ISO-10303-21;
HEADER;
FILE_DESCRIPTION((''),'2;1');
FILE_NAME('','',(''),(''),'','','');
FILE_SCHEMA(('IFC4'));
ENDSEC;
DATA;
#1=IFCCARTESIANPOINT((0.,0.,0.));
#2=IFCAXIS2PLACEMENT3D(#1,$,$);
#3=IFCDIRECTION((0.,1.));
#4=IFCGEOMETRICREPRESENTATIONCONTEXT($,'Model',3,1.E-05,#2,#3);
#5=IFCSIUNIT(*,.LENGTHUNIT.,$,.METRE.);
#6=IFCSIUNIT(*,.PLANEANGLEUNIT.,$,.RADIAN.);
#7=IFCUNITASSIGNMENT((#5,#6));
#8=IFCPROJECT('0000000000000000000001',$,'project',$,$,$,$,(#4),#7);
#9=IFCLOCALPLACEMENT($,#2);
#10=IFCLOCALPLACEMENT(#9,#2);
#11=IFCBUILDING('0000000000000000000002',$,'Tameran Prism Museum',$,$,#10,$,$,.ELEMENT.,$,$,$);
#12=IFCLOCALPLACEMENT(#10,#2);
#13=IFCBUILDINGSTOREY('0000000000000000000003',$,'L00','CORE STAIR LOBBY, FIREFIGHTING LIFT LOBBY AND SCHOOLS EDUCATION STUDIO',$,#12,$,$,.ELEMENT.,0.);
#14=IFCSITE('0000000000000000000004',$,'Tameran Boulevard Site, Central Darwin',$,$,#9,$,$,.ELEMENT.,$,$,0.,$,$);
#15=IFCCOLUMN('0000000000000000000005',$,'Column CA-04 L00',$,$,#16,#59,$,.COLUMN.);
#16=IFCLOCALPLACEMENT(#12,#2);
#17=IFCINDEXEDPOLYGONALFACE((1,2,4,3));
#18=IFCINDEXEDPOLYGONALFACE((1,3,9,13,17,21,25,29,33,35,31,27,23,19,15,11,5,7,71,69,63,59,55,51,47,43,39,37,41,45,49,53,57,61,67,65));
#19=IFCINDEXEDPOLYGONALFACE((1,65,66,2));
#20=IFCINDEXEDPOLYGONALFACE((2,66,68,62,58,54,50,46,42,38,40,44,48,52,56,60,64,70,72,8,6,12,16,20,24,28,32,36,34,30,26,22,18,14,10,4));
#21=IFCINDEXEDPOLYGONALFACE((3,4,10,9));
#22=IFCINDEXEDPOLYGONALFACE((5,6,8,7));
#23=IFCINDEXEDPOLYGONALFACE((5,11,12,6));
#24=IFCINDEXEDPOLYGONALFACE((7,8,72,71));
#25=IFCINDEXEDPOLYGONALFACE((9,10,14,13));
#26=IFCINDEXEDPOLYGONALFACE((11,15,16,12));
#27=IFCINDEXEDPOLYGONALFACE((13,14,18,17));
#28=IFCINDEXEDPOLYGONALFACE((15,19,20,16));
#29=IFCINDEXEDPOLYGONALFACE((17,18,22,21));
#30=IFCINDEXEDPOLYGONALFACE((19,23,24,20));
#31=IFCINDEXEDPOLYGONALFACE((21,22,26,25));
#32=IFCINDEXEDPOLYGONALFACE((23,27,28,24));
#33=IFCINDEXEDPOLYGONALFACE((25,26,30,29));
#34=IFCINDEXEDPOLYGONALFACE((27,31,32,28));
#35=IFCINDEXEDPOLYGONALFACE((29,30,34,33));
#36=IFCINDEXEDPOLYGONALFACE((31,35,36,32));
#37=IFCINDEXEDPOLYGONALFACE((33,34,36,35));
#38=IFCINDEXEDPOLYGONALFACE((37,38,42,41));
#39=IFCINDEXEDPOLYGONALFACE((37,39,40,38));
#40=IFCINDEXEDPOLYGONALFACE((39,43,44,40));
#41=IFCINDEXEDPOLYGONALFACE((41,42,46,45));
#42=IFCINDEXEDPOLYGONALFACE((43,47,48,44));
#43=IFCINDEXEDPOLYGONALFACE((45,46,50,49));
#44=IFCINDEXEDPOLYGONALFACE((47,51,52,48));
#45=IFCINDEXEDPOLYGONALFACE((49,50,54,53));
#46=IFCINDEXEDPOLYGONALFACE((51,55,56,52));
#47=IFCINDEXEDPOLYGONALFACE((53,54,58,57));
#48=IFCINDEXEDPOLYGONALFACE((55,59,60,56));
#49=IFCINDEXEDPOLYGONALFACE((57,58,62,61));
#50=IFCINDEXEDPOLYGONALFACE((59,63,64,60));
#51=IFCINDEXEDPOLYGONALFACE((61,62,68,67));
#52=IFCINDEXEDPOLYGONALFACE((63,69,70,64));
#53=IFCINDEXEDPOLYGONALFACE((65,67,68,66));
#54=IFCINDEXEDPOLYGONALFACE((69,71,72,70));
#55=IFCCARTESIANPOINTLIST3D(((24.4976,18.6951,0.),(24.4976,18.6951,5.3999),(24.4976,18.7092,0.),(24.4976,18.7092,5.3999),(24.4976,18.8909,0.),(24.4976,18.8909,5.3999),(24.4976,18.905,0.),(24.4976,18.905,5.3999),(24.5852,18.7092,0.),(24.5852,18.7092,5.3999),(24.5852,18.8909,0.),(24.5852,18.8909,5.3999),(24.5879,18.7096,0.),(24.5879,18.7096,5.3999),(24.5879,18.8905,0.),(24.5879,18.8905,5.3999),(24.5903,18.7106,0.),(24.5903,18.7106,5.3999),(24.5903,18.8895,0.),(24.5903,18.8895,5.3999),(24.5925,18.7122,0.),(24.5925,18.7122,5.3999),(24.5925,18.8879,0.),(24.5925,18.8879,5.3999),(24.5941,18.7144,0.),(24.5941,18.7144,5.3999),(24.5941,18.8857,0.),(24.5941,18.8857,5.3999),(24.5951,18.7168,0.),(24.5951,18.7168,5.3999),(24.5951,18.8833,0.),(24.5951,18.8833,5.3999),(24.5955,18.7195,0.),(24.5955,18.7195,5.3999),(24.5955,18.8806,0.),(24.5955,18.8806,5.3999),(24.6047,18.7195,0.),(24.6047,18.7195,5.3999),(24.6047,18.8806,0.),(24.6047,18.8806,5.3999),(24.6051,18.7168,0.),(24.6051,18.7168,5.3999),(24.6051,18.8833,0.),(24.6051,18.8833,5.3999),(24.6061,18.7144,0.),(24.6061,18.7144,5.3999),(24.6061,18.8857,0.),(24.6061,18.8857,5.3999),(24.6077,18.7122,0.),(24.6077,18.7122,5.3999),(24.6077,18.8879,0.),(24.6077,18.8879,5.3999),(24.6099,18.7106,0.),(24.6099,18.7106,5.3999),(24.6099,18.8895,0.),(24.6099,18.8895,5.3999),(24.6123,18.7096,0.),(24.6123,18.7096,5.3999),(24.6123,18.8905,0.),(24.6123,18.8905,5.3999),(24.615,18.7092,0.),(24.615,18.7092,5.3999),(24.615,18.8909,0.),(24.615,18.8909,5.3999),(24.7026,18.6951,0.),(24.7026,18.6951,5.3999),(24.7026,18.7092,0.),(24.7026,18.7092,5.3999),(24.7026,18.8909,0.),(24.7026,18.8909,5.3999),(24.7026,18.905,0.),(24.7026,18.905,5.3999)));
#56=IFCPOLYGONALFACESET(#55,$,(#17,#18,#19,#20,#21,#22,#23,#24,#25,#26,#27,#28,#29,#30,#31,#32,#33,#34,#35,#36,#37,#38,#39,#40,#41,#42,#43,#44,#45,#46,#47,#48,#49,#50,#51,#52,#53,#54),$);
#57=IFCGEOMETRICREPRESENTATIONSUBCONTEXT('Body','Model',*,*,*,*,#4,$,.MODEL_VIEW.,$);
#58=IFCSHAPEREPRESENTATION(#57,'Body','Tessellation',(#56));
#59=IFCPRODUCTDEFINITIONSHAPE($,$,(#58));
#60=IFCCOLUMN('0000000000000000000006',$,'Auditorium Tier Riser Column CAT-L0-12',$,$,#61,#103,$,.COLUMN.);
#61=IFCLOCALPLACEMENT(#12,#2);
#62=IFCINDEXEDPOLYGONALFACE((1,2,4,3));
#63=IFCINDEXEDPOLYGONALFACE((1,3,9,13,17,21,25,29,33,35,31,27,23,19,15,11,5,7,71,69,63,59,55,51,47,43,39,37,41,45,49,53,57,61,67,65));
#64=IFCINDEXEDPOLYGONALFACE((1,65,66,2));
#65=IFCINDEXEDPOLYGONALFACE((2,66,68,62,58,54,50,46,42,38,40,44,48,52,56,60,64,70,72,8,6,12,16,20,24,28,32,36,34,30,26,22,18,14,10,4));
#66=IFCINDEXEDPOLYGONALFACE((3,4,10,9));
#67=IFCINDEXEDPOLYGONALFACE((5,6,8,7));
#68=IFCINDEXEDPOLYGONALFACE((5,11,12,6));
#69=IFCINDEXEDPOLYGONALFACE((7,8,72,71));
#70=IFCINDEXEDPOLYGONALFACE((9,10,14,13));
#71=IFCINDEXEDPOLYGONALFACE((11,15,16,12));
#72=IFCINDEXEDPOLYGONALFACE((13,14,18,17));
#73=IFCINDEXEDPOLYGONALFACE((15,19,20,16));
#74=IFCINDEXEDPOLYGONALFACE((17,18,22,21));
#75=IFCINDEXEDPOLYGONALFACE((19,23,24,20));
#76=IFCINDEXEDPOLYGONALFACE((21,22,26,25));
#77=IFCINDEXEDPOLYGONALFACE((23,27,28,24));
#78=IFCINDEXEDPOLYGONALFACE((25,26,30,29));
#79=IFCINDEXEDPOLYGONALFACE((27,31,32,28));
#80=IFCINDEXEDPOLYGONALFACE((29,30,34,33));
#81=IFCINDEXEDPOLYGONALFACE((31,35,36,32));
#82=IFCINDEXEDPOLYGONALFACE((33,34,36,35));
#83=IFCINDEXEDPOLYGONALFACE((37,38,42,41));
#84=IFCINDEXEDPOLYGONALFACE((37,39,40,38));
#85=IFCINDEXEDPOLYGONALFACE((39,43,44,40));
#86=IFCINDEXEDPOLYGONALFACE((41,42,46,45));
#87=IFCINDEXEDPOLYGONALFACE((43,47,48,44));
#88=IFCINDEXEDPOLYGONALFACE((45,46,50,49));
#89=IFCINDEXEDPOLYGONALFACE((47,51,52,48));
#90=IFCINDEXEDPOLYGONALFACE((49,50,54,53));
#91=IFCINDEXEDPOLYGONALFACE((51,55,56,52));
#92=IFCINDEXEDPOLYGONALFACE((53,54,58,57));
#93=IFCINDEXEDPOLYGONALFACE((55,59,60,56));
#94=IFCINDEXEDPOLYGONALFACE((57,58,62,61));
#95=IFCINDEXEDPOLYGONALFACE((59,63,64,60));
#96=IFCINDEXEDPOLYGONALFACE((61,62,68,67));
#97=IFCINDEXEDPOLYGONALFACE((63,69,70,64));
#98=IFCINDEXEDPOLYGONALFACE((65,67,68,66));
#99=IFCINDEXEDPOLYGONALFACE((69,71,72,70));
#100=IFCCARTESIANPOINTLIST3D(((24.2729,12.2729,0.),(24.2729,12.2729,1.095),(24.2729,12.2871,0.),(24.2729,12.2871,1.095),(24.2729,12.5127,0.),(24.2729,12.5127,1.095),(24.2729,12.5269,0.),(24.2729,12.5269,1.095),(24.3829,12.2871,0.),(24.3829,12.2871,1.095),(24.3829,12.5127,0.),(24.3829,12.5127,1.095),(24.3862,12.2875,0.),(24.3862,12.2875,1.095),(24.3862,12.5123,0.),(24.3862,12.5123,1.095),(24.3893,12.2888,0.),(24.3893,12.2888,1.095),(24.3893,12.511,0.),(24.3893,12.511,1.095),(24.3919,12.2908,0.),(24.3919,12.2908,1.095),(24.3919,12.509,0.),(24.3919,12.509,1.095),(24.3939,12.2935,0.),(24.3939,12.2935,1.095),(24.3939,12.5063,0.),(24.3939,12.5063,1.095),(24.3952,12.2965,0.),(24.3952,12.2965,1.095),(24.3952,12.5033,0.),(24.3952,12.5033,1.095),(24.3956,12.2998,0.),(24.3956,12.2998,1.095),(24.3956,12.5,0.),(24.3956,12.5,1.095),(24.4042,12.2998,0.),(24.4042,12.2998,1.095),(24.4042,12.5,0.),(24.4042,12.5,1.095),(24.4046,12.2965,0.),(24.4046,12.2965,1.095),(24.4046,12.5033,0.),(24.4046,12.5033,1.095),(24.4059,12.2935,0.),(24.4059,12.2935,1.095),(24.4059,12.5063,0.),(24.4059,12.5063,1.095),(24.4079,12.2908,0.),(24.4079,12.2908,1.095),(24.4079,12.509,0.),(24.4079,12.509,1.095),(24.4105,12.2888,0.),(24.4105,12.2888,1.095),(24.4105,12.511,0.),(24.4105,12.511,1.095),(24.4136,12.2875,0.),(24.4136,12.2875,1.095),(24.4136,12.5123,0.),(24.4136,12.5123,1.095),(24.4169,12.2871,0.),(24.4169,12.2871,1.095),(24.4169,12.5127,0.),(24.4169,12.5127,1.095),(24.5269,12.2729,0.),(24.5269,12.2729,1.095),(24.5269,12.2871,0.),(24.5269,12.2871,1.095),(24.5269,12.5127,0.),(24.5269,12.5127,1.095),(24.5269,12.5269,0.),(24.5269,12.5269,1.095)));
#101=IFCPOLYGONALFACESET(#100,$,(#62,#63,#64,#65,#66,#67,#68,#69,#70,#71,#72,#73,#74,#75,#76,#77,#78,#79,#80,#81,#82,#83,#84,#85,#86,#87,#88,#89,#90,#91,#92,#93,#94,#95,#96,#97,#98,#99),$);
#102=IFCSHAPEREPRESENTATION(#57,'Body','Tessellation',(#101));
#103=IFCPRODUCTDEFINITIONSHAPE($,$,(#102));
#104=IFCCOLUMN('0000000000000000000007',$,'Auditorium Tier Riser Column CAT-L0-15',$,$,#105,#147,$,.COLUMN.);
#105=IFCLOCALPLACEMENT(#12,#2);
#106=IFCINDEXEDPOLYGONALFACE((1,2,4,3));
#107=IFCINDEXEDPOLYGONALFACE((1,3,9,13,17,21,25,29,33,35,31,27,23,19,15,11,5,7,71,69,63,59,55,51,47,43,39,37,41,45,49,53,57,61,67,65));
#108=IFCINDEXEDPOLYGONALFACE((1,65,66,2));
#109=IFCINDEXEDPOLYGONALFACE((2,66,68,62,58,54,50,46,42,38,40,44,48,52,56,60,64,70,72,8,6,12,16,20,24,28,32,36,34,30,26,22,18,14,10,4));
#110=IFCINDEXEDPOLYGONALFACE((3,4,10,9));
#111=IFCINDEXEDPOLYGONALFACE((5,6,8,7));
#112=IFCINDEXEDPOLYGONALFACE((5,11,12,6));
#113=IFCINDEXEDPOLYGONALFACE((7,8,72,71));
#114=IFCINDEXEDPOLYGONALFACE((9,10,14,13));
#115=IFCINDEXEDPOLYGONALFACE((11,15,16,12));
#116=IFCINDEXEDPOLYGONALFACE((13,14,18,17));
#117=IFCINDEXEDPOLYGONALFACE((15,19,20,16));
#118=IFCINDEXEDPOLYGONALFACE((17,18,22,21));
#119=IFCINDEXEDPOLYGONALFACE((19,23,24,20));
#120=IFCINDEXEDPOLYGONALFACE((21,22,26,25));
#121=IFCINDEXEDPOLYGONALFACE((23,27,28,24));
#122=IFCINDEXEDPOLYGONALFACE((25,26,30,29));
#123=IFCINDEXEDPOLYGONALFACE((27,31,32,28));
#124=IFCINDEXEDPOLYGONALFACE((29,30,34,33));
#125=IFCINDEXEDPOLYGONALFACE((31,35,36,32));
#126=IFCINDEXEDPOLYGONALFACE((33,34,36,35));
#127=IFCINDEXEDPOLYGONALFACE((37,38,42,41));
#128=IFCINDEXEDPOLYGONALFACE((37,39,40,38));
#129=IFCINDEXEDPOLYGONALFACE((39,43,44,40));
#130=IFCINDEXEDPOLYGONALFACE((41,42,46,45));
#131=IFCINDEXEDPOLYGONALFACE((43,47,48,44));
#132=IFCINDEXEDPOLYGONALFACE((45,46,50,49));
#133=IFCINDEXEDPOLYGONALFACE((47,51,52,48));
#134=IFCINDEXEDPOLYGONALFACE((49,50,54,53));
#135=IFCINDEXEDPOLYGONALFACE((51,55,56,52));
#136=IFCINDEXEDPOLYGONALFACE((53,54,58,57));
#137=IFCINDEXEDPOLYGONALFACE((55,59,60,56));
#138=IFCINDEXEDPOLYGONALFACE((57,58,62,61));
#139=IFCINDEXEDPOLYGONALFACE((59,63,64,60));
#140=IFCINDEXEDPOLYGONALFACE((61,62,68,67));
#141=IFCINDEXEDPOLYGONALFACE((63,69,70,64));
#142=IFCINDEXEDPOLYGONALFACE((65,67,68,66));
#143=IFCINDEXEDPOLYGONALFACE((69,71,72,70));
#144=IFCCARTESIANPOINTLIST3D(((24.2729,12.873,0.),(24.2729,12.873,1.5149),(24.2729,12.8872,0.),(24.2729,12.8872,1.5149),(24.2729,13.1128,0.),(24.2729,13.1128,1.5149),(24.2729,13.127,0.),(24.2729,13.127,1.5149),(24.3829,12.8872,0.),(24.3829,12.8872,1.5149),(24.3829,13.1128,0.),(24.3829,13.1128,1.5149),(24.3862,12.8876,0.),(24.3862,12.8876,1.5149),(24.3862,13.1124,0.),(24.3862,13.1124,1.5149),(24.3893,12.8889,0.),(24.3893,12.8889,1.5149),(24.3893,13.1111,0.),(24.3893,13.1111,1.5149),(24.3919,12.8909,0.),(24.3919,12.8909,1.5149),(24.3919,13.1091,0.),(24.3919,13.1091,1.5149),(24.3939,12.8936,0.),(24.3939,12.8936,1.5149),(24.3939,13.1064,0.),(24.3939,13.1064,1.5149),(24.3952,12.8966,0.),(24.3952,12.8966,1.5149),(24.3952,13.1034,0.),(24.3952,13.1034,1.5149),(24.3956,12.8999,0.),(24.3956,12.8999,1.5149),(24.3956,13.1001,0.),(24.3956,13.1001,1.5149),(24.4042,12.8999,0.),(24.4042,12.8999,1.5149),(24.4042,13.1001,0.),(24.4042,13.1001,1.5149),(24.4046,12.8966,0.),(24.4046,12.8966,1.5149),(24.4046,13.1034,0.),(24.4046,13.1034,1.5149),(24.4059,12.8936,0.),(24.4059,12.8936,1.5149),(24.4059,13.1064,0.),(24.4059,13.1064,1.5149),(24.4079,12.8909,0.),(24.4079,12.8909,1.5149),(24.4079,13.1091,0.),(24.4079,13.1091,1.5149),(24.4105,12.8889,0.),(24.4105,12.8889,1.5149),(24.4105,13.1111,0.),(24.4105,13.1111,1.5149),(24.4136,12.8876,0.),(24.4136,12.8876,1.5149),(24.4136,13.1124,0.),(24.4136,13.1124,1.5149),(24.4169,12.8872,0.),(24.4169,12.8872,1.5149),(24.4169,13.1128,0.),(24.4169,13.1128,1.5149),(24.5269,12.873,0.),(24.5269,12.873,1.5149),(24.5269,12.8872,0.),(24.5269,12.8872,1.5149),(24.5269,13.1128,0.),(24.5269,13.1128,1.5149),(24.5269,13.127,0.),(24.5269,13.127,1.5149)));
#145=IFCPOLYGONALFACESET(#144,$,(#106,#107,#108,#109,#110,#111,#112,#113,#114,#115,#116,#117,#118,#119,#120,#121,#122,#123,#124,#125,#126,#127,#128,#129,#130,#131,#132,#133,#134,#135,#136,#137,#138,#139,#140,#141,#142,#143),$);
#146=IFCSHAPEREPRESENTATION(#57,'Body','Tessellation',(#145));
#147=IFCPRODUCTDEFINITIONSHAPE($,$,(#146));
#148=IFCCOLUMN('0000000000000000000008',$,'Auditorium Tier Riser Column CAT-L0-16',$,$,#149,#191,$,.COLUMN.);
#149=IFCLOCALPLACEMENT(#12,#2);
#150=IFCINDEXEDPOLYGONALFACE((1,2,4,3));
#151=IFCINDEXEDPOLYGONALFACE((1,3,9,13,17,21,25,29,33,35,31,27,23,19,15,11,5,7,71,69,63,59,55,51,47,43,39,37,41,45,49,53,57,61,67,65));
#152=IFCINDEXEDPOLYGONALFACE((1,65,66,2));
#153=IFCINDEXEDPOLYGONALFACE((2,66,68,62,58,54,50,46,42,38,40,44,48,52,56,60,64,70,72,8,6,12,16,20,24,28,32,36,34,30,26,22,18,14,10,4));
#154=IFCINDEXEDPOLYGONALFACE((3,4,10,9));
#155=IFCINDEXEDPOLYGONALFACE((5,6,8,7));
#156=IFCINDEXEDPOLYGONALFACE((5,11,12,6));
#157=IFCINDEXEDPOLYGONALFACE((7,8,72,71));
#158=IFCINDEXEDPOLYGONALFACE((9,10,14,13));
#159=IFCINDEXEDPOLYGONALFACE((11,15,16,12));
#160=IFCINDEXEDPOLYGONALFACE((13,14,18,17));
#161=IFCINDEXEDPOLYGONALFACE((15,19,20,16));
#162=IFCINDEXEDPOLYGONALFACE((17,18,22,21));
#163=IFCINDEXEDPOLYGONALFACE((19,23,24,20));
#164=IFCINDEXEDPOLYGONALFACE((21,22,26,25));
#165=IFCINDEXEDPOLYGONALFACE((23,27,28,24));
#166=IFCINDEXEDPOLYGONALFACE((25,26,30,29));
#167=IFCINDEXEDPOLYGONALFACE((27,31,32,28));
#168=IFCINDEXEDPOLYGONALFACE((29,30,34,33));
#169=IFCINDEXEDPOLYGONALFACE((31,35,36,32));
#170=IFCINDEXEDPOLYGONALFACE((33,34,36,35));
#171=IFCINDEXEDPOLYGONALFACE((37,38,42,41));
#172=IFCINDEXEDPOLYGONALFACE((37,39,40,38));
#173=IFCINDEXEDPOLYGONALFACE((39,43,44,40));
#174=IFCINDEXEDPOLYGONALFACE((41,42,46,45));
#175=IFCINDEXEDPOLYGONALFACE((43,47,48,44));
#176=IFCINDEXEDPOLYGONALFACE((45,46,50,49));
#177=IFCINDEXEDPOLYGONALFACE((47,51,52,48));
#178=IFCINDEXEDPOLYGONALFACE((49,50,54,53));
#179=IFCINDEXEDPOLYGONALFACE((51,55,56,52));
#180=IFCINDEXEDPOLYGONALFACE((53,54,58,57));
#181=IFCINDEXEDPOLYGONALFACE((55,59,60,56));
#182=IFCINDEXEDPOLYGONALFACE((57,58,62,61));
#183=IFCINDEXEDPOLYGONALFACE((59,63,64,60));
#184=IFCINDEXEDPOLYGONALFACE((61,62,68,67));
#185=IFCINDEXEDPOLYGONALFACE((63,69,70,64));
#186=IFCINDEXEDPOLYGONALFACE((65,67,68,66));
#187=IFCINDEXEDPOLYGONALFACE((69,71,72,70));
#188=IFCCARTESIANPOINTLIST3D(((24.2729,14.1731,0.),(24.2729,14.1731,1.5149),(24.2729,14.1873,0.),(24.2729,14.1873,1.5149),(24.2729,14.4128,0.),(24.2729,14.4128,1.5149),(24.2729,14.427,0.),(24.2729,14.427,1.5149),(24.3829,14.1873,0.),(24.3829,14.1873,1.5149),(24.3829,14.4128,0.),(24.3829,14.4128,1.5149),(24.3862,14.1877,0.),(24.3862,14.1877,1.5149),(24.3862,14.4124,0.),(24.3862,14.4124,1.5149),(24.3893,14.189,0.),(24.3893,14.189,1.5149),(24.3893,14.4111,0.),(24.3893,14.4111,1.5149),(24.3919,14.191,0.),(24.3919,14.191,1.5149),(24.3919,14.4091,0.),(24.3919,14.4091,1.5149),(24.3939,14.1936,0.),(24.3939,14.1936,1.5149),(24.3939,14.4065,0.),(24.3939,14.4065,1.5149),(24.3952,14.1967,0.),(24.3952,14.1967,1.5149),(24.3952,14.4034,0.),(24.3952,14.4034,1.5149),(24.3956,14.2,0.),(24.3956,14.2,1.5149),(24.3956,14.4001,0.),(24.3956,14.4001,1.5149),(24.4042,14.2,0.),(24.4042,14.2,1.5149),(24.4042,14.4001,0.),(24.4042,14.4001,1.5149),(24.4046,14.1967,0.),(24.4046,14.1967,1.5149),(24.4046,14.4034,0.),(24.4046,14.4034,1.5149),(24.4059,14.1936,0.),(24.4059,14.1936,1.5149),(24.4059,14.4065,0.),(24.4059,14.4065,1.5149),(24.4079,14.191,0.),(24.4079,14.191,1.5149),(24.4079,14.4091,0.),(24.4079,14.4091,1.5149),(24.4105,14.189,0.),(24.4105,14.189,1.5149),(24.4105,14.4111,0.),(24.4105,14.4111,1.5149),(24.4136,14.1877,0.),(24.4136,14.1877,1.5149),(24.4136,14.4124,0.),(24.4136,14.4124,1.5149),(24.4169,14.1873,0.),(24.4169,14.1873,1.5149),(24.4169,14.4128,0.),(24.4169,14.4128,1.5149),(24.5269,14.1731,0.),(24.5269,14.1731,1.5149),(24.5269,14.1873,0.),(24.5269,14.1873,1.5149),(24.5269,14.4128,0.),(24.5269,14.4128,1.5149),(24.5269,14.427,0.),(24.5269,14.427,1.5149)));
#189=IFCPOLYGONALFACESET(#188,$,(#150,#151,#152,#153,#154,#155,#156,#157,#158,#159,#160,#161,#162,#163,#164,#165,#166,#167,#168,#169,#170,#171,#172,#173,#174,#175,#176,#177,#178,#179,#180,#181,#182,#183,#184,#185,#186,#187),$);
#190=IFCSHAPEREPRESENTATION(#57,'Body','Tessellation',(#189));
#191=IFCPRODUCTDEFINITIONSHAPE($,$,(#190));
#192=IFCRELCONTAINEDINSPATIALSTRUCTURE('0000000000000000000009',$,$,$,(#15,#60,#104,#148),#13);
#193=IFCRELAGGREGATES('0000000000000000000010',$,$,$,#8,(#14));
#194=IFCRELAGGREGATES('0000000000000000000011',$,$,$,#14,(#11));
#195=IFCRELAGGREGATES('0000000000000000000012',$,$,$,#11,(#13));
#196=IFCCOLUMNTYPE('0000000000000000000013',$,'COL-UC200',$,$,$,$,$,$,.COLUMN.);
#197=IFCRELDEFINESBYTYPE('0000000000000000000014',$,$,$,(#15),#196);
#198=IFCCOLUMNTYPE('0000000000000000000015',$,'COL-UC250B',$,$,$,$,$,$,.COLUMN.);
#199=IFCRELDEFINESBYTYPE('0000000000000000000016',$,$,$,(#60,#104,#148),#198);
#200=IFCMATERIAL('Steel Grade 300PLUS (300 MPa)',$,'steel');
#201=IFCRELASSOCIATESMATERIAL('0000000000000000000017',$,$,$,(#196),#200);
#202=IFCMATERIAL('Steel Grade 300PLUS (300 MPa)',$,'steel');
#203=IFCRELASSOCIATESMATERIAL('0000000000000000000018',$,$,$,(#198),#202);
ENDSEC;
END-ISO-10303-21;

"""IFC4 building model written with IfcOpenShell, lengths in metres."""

from ifc_helpers import new_model, si_unit, direction, frame, origin, origin_2d, place, context, subcontext, project, spatial, i_section, extrude, material, material_profile, profile_set, type_object, element, save


model = new_model("IFC4")

# Units and contexts
model_context = context("Model", 3, precision=1e-05, world=origin(), true_north=direction((0.0, 1.0)))
body_context = subcontext(model_context, "Body", "Model", "MODEL_VIEW")
ifc_project = project(units=[si_unit("LENGTHUNIT", "METRE"), si_unit("PLANEANGLEUNIT", "RADIAN")], contexts=[model_context])

# Site, building, storey
site_placement = place(None, origin())
site = spatial("IfcSite", under=ifc_project, at=site_placement, Name="Tameran Boulevard Site, Central Darwin", CompositionType="ELEMENT", RefElevation=0.0)
building_placement = place(site_placement, origin())
building = spatial("IfcBuilding", under=site, at=building_placement, Name="Tameran Prism Museum", CompositionType="ELEMENT")
storey_placement = place(building_placement, origin())
storey = spatial("IfcBuildingStorey", under=building, at=storey_placement, Name="L00", Description="CORE STAIR LOBBY, FIREFIGHTING LIFT LOBBY AND SCHOOLS EDUCATION STUDIO", CompositionType="ELEMENT", Elevation=0.0)

# Columns
ifc_material_1 = material(Name="Steel Grade 300PLUS (300 MPa)", Category="steel")
ifc_material_profile_1 = material_profile(ifc_material_1, i_section(OverallWidth=0.2051, OverallDepth=0.21, WebThickness=0.0093, FlangeThickness=0.0142, FilletRadius=0.0103, at=origin_2d()))
ifc_profile_set_1 = profile_set([ifc_material_profile_1])
column_type_1 = type_object("IfcColumnType", Name="COL-UC200", PredefinedType="COLUMN", material=ifc_profile_set_1)
column_1_placement = place(storey_placement, frame((24.6001, 18.8, 0.0), z_axis=(0.0, 0.0, 1.0), x_axis=(1.0, 0.0, 0.0)))
element("IfcColumn", 1, at=column_1_placement, inside=storey, type_object=column_type_1, Name="Column CA-04 L00", PredefinedType="COLUMN", context=body_context, shape_type="SweptSolid", body=[
    extrude(i_section(OverallWidth=0.2051, OverallDepth=0.21, WebThickness=0.0093, FlangeThickness=0.0142, FilletRadius=0.0103, at=origin_2d()), origin(), (0.0, 0.0, 1.0), 5.3999),
])
ifc_material_2 = material(Name="Steel Grade 300PLUS (300 MPa)", Category="steel")
ifc_material_profile_2 = material_profile(ifc_material_2, i_section(OverallWidth=0.2539, OverallDepth=0.2539, WebThickness=0.0085, FlangeThickness=0.0142, FilletRadius=0.0127, at=origin_2d()))
ifc_profile_set_2 = profile_set([ifc_material_profile_2])
column_type_2 = type_object("IfcColumnType", Name="COL-UC250B", PredefinedType="COLUMN", material=ifc_profile_set_2)
column_2_placement = place(storey_placement, frame((24.3999, 12.3999, 0.0), z_axis=(0.0, 0.0, 1.0), x_axis=(1.0, 0.0, 0.0)))
element("IfcColumn", 2, at=column_2_placement, inside=storey, type_object=column_type_2, Name="Auditorium Tier Riser Column CAT-L0-12", PredefinedType="COLUMN", context=body_context, shape_type="SweptSolid", body=[
    extrude(i_section(OverallWidth=0.2539, OverallDepth=0.2539, WebThickness=0.0085, FlangeThickness=0.0142, FilletRadius=0.0127, at=origin_2d()), origin(), (0.0, 0.0, 1.0), 1.095),
])
for number, where, z_axis, x_axis, name in (
    (3, (24.3999, 13.0, 0.0), (0.0, 0.0, 1.0), (1.0, 0.0, 0.0), "Auditorium Tier Riser Column CAT-L0-15"),
    (4, (24.3999, 14.3, 0.0), (0.0, 0.0, 1.0), (1.0, 0.0, 0.0), "Auditorium Tier Riser Column CAT-L0-16"),
):
    element("IfcColumn", number, at=place(storey_placement, frame(where, z_axis=z_axis, x_axis=x_axis)), inside=storey, type_object=column_type_2, Name=name, PredefinedType="COLUMN", context=body_context, shape_type="SweptSolid", body=[
        extrude(i_section(OverallWidth=0.2539, OverallDepth=0.2539, WebThickness=0.0085, FlangeThickness=0.0142, FilletRadius=0.0127, at=origin_2d()), origin(), (0.0, 0.0, 1.0), 1.5149),
    ])

save(model, "model.ifc")
